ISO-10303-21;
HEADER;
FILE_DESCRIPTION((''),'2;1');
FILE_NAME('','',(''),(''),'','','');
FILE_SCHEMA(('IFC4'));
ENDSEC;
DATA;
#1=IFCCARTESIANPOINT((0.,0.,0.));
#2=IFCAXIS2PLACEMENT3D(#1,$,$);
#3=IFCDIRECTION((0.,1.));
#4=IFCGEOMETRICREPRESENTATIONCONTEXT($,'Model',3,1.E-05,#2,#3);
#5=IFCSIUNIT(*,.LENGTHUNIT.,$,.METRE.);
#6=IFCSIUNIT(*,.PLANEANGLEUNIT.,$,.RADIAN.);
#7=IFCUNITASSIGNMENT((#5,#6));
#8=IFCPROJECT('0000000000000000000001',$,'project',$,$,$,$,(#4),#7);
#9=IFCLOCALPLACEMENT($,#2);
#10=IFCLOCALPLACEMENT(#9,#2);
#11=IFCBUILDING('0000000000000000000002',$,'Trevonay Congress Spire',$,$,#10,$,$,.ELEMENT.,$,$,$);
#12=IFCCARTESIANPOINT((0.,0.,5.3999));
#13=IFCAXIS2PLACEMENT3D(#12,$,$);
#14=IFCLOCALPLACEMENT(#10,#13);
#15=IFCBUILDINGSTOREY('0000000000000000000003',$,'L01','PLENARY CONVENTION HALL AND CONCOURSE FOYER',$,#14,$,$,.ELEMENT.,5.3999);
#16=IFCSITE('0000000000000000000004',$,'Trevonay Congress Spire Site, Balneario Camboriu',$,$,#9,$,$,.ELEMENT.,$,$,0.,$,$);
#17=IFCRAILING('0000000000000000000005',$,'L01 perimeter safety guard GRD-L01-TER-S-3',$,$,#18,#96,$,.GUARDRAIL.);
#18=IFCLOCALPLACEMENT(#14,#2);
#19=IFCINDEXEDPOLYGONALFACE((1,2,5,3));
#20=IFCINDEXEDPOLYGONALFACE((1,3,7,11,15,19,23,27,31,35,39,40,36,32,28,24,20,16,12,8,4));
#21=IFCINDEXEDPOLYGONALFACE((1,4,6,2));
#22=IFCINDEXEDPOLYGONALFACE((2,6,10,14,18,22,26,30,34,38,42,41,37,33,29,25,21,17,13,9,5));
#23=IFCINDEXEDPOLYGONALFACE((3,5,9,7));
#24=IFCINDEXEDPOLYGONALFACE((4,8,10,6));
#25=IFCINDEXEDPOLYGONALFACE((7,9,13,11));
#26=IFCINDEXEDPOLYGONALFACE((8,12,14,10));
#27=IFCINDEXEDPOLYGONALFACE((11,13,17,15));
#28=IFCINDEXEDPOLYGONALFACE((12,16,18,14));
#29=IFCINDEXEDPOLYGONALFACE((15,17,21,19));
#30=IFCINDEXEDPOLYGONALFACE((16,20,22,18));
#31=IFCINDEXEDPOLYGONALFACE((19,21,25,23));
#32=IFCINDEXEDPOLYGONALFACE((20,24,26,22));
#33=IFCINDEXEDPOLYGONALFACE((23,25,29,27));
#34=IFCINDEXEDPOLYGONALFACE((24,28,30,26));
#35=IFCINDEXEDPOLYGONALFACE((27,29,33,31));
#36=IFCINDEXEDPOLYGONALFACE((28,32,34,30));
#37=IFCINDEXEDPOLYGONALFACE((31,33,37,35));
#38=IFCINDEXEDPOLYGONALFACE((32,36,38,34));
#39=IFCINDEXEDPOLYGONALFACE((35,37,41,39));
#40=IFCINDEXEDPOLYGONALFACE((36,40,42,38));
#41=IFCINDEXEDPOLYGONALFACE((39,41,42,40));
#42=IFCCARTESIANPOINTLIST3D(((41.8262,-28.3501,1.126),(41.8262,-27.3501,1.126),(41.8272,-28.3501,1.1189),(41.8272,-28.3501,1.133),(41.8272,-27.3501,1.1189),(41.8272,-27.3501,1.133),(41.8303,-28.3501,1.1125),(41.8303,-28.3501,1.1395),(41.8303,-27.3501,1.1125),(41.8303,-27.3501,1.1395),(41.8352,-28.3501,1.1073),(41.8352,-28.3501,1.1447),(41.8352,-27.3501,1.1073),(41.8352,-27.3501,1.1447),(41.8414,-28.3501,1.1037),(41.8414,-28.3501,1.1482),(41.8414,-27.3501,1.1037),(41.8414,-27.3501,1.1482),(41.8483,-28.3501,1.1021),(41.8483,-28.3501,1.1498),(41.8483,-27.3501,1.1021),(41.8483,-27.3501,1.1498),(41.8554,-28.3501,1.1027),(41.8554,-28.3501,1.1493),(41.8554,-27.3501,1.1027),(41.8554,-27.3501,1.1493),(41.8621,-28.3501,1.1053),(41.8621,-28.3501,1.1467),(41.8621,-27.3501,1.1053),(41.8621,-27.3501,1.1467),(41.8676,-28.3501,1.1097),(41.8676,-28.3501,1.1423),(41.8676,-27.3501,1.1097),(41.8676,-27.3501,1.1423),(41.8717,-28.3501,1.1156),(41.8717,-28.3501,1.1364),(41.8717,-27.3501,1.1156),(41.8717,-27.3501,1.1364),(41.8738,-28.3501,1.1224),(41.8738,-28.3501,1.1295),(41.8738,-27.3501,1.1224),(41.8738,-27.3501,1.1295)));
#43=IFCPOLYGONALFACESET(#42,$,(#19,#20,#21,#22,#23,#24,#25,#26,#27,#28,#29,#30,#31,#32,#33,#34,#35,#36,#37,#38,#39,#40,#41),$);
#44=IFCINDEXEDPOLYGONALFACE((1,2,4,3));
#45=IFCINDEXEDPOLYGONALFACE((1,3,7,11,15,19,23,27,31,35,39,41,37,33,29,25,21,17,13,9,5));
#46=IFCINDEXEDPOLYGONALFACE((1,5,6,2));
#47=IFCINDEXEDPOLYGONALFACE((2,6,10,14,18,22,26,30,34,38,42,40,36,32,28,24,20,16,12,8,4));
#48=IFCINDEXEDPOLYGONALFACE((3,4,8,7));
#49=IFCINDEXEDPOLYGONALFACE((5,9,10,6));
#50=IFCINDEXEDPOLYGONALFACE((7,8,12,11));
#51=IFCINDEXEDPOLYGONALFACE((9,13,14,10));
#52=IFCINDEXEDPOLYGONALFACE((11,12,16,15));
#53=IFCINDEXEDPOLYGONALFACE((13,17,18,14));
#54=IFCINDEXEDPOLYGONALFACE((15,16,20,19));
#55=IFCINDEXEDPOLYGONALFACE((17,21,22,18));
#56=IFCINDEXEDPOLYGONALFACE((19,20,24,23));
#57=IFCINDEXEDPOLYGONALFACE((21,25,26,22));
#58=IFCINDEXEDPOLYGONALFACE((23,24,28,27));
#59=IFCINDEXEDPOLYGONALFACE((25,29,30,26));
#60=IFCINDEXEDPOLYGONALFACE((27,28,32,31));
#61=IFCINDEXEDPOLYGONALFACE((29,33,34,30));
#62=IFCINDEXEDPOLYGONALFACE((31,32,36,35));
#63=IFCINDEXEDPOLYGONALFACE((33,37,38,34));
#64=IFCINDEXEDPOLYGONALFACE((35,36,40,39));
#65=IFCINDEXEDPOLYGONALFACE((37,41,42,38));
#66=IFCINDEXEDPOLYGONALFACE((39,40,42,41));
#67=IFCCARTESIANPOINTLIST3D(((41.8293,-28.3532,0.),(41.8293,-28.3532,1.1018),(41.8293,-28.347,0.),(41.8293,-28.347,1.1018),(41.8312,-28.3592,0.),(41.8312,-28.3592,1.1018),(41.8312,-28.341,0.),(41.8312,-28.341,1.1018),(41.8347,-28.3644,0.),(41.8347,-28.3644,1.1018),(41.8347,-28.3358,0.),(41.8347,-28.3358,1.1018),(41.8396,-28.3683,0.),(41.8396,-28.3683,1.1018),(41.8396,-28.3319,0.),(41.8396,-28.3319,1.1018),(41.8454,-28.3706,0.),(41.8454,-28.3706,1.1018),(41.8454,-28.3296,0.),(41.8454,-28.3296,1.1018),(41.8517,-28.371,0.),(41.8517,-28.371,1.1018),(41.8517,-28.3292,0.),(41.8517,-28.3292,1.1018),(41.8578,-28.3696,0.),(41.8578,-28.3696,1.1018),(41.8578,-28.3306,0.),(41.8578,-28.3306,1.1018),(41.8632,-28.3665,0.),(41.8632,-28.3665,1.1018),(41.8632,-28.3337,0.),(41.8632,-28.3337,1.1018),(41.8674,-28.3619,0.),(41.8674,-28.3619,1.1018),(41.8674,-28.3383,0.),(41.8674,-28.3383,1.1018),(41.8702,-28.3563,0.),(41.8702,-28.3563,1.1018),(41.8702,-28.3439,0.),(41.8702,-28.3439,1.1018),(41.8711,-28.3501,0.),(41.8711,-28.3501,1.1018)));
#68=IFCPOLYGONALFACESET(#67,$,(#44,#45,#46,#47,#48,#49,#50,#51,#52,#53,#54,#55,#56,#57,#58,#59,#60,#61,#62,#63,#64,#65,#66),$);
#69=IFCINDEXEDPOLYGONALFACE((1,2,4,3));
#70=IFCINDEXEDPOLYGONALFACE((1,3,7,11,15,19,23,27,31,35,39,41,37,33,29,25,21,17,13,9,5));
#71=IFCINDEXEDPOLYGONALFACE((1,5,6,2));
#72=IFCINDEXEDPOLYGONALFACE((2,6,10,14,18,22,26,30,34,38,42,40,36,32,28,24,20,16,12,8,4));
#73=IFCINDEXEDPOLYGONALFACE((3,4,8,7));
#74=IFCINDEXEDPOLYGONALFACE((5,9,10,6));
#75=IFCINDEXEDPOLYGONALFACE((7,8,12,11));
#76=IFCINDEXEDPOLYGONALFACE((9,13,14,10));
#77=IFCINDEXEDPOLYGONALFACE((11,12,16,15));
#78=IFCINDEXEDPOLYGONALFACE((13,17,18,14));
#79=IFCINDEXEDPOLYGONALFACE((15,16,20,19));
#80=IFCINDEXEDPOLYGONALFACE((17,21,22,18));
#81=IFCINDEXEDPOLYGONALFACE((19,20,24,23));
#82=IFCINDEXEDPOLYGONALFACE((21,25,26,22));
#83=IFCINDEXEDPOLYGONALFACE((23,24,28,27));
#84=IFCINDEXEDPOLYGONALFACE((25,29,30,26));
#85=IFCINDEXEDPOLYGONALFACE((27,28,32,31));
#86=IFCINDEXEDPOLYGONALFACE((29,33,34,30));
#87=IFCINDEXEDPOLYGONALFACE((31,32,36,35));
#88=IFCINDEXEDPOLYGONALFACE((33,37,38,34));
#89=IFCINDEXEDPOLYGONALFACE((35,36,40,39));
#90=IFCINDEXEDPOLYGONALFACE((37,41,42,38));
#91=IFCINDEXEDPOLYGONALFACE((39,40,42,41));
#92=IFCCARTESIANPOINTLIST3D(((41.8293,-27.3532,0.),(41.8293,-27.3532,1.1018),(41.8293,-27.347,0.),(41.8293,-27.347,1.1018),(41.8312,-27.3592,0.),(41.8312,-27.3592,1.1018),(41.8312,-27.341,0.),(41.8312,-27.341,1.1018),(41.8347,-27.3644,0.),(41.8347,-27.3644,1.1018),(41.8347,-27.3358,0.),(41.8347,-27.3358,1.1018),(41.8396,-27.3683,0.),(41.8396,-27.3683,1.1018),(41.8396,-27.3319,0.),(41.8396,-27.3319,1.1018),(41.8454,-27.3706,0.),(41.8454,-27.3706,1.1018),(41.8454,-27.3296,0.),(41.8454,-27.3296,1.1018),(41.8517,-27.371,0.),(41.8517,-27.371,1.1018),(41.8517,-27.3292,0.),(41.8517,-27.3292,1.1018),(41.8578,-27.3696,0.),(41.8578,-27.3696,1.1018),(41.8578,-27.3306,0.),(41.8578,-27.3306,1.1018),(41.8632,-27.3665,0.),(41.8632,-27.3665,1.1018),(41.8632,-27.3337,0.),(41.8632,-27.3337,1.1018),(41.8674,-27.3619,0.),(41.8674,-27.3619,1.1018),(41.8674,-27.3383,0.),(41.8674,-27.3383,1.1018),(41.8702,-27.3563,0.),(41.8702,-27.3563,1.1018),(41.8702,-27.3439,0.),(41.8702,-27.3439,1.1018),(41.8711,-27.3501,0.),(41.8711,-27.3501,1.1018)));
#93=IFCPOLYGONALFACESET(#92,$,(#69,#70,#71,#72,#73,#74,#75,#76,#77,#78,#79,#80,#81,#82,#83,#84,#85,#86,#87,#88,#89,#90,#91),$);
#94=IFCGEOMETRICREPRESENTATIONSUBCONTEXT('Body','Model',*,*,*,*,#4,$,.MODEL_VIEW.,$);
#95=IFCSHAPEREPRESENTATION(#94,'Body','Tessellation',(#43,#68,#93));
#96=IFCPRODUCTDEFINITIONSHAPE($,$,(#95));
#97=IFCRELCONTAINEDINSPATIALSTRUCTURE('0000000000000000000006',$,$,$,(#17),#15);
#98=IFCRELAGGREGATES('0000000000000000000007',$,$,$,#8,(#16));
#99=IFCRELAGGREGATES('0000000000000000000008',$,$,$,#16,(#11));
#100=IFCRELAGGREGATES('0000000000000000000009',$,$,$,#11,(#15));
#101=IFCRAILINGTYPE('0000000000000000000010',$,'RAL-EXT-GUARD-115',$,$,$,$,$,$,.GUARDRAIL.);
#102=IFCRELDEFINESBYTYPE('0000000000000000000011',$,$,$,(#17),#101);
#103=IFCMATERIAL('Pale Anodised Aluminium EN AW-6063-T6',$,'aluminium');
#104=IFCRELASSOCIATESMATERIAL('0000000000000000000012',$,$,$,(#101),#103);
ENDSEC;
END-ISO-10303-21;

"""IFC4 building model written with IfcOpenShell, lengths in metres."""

from ifc_helpers import new_model, si_unit, direction, frame, origin, origin_2d, place, context, subcontext, project, spatial, circle, extrude, material, type_object, element, save


model = new_model("IFC4")

# Units and contexts
model_context = context("Model", 3, precision=1e-05, world=origin(), true_north=direction((0.0, 1.0)))
body_context = subcontext(model_context, "Body", "Model", "MODEL_VIEW")
ifc_project = project(units=[si_unit("LENGTHUNIT", "METRE"), si_unit("PLANEANGLEUNIT", "RADIAN")], contexts=[model_context])

# Site, building, storey
site_placement = place(None, origin())
site = spatial("IfcSite", under=ifc_project, at=site_placement, Name="Trevonay Congress Spire Site, Balneario Camboriu", CompositionType="ELEMENT", RefElevation=0.0)
building_placement = place(site_placement, origin())
building = spatial("IfcBuilding", under=site, at=building_placement, Name="Trevonay Congress Spire", CompositionType="ELEMENT")
storey_placement = place(building_placement, frame((0.0, 0.0, 5.3999)))
storey = spatial("IfcBuildingStorey", under=building, at=storey_placement, Name="L01", Description="PLENARY CONVENTION HALL AND CONCOURSE FOYER", CompositionType="ELEMENT", Elevation=5.3999)

# Shared definitions
ifc_material_1 = material(Name="Pale Anodised Aluminium EN AW-6063-T6", Category="aluminium")

# Railing
railing_type_1 = type_object("IfcRailingType", Name="RAL-EXT-GUARD-115", PredefinedType="GUARDRAIL", material=ifc_material_1)
railing_1_placement = place(storey_placement, frame((41.8501, -28.3501, 0.0)))
element("IfcRailing", 1, at=railing_1_placement, inside=storey, type_object=railing_type_1, Name="L01 perimeter safety guard GRD-L01-TER-S-3", PredefinedType="GUARDRAIL", context=body_context, shape_type="SweptSolid", body=[
    extrude(circle(Radius=0.0239, at=origin_2d()), frame((0.0, 0.0, 1.126), z_axis=(0.0, 1.0, 0.0), x_axis=(-1.0, 0.0, 0.0)), (0.0, 0.0, 1.0), 1.0),
    extrude(circle(Radius=0.021, at=origin_2d()), origin(), (0.0, 0.0, 1.0), 1.1018),
    extrude(circle(Radius=0.021, at=origin_2d()), frame((0.0, 1.0, 0.0)), (0.0, 0.0, 1.0), 1.1018),
])

save(model, "model.ifc")
